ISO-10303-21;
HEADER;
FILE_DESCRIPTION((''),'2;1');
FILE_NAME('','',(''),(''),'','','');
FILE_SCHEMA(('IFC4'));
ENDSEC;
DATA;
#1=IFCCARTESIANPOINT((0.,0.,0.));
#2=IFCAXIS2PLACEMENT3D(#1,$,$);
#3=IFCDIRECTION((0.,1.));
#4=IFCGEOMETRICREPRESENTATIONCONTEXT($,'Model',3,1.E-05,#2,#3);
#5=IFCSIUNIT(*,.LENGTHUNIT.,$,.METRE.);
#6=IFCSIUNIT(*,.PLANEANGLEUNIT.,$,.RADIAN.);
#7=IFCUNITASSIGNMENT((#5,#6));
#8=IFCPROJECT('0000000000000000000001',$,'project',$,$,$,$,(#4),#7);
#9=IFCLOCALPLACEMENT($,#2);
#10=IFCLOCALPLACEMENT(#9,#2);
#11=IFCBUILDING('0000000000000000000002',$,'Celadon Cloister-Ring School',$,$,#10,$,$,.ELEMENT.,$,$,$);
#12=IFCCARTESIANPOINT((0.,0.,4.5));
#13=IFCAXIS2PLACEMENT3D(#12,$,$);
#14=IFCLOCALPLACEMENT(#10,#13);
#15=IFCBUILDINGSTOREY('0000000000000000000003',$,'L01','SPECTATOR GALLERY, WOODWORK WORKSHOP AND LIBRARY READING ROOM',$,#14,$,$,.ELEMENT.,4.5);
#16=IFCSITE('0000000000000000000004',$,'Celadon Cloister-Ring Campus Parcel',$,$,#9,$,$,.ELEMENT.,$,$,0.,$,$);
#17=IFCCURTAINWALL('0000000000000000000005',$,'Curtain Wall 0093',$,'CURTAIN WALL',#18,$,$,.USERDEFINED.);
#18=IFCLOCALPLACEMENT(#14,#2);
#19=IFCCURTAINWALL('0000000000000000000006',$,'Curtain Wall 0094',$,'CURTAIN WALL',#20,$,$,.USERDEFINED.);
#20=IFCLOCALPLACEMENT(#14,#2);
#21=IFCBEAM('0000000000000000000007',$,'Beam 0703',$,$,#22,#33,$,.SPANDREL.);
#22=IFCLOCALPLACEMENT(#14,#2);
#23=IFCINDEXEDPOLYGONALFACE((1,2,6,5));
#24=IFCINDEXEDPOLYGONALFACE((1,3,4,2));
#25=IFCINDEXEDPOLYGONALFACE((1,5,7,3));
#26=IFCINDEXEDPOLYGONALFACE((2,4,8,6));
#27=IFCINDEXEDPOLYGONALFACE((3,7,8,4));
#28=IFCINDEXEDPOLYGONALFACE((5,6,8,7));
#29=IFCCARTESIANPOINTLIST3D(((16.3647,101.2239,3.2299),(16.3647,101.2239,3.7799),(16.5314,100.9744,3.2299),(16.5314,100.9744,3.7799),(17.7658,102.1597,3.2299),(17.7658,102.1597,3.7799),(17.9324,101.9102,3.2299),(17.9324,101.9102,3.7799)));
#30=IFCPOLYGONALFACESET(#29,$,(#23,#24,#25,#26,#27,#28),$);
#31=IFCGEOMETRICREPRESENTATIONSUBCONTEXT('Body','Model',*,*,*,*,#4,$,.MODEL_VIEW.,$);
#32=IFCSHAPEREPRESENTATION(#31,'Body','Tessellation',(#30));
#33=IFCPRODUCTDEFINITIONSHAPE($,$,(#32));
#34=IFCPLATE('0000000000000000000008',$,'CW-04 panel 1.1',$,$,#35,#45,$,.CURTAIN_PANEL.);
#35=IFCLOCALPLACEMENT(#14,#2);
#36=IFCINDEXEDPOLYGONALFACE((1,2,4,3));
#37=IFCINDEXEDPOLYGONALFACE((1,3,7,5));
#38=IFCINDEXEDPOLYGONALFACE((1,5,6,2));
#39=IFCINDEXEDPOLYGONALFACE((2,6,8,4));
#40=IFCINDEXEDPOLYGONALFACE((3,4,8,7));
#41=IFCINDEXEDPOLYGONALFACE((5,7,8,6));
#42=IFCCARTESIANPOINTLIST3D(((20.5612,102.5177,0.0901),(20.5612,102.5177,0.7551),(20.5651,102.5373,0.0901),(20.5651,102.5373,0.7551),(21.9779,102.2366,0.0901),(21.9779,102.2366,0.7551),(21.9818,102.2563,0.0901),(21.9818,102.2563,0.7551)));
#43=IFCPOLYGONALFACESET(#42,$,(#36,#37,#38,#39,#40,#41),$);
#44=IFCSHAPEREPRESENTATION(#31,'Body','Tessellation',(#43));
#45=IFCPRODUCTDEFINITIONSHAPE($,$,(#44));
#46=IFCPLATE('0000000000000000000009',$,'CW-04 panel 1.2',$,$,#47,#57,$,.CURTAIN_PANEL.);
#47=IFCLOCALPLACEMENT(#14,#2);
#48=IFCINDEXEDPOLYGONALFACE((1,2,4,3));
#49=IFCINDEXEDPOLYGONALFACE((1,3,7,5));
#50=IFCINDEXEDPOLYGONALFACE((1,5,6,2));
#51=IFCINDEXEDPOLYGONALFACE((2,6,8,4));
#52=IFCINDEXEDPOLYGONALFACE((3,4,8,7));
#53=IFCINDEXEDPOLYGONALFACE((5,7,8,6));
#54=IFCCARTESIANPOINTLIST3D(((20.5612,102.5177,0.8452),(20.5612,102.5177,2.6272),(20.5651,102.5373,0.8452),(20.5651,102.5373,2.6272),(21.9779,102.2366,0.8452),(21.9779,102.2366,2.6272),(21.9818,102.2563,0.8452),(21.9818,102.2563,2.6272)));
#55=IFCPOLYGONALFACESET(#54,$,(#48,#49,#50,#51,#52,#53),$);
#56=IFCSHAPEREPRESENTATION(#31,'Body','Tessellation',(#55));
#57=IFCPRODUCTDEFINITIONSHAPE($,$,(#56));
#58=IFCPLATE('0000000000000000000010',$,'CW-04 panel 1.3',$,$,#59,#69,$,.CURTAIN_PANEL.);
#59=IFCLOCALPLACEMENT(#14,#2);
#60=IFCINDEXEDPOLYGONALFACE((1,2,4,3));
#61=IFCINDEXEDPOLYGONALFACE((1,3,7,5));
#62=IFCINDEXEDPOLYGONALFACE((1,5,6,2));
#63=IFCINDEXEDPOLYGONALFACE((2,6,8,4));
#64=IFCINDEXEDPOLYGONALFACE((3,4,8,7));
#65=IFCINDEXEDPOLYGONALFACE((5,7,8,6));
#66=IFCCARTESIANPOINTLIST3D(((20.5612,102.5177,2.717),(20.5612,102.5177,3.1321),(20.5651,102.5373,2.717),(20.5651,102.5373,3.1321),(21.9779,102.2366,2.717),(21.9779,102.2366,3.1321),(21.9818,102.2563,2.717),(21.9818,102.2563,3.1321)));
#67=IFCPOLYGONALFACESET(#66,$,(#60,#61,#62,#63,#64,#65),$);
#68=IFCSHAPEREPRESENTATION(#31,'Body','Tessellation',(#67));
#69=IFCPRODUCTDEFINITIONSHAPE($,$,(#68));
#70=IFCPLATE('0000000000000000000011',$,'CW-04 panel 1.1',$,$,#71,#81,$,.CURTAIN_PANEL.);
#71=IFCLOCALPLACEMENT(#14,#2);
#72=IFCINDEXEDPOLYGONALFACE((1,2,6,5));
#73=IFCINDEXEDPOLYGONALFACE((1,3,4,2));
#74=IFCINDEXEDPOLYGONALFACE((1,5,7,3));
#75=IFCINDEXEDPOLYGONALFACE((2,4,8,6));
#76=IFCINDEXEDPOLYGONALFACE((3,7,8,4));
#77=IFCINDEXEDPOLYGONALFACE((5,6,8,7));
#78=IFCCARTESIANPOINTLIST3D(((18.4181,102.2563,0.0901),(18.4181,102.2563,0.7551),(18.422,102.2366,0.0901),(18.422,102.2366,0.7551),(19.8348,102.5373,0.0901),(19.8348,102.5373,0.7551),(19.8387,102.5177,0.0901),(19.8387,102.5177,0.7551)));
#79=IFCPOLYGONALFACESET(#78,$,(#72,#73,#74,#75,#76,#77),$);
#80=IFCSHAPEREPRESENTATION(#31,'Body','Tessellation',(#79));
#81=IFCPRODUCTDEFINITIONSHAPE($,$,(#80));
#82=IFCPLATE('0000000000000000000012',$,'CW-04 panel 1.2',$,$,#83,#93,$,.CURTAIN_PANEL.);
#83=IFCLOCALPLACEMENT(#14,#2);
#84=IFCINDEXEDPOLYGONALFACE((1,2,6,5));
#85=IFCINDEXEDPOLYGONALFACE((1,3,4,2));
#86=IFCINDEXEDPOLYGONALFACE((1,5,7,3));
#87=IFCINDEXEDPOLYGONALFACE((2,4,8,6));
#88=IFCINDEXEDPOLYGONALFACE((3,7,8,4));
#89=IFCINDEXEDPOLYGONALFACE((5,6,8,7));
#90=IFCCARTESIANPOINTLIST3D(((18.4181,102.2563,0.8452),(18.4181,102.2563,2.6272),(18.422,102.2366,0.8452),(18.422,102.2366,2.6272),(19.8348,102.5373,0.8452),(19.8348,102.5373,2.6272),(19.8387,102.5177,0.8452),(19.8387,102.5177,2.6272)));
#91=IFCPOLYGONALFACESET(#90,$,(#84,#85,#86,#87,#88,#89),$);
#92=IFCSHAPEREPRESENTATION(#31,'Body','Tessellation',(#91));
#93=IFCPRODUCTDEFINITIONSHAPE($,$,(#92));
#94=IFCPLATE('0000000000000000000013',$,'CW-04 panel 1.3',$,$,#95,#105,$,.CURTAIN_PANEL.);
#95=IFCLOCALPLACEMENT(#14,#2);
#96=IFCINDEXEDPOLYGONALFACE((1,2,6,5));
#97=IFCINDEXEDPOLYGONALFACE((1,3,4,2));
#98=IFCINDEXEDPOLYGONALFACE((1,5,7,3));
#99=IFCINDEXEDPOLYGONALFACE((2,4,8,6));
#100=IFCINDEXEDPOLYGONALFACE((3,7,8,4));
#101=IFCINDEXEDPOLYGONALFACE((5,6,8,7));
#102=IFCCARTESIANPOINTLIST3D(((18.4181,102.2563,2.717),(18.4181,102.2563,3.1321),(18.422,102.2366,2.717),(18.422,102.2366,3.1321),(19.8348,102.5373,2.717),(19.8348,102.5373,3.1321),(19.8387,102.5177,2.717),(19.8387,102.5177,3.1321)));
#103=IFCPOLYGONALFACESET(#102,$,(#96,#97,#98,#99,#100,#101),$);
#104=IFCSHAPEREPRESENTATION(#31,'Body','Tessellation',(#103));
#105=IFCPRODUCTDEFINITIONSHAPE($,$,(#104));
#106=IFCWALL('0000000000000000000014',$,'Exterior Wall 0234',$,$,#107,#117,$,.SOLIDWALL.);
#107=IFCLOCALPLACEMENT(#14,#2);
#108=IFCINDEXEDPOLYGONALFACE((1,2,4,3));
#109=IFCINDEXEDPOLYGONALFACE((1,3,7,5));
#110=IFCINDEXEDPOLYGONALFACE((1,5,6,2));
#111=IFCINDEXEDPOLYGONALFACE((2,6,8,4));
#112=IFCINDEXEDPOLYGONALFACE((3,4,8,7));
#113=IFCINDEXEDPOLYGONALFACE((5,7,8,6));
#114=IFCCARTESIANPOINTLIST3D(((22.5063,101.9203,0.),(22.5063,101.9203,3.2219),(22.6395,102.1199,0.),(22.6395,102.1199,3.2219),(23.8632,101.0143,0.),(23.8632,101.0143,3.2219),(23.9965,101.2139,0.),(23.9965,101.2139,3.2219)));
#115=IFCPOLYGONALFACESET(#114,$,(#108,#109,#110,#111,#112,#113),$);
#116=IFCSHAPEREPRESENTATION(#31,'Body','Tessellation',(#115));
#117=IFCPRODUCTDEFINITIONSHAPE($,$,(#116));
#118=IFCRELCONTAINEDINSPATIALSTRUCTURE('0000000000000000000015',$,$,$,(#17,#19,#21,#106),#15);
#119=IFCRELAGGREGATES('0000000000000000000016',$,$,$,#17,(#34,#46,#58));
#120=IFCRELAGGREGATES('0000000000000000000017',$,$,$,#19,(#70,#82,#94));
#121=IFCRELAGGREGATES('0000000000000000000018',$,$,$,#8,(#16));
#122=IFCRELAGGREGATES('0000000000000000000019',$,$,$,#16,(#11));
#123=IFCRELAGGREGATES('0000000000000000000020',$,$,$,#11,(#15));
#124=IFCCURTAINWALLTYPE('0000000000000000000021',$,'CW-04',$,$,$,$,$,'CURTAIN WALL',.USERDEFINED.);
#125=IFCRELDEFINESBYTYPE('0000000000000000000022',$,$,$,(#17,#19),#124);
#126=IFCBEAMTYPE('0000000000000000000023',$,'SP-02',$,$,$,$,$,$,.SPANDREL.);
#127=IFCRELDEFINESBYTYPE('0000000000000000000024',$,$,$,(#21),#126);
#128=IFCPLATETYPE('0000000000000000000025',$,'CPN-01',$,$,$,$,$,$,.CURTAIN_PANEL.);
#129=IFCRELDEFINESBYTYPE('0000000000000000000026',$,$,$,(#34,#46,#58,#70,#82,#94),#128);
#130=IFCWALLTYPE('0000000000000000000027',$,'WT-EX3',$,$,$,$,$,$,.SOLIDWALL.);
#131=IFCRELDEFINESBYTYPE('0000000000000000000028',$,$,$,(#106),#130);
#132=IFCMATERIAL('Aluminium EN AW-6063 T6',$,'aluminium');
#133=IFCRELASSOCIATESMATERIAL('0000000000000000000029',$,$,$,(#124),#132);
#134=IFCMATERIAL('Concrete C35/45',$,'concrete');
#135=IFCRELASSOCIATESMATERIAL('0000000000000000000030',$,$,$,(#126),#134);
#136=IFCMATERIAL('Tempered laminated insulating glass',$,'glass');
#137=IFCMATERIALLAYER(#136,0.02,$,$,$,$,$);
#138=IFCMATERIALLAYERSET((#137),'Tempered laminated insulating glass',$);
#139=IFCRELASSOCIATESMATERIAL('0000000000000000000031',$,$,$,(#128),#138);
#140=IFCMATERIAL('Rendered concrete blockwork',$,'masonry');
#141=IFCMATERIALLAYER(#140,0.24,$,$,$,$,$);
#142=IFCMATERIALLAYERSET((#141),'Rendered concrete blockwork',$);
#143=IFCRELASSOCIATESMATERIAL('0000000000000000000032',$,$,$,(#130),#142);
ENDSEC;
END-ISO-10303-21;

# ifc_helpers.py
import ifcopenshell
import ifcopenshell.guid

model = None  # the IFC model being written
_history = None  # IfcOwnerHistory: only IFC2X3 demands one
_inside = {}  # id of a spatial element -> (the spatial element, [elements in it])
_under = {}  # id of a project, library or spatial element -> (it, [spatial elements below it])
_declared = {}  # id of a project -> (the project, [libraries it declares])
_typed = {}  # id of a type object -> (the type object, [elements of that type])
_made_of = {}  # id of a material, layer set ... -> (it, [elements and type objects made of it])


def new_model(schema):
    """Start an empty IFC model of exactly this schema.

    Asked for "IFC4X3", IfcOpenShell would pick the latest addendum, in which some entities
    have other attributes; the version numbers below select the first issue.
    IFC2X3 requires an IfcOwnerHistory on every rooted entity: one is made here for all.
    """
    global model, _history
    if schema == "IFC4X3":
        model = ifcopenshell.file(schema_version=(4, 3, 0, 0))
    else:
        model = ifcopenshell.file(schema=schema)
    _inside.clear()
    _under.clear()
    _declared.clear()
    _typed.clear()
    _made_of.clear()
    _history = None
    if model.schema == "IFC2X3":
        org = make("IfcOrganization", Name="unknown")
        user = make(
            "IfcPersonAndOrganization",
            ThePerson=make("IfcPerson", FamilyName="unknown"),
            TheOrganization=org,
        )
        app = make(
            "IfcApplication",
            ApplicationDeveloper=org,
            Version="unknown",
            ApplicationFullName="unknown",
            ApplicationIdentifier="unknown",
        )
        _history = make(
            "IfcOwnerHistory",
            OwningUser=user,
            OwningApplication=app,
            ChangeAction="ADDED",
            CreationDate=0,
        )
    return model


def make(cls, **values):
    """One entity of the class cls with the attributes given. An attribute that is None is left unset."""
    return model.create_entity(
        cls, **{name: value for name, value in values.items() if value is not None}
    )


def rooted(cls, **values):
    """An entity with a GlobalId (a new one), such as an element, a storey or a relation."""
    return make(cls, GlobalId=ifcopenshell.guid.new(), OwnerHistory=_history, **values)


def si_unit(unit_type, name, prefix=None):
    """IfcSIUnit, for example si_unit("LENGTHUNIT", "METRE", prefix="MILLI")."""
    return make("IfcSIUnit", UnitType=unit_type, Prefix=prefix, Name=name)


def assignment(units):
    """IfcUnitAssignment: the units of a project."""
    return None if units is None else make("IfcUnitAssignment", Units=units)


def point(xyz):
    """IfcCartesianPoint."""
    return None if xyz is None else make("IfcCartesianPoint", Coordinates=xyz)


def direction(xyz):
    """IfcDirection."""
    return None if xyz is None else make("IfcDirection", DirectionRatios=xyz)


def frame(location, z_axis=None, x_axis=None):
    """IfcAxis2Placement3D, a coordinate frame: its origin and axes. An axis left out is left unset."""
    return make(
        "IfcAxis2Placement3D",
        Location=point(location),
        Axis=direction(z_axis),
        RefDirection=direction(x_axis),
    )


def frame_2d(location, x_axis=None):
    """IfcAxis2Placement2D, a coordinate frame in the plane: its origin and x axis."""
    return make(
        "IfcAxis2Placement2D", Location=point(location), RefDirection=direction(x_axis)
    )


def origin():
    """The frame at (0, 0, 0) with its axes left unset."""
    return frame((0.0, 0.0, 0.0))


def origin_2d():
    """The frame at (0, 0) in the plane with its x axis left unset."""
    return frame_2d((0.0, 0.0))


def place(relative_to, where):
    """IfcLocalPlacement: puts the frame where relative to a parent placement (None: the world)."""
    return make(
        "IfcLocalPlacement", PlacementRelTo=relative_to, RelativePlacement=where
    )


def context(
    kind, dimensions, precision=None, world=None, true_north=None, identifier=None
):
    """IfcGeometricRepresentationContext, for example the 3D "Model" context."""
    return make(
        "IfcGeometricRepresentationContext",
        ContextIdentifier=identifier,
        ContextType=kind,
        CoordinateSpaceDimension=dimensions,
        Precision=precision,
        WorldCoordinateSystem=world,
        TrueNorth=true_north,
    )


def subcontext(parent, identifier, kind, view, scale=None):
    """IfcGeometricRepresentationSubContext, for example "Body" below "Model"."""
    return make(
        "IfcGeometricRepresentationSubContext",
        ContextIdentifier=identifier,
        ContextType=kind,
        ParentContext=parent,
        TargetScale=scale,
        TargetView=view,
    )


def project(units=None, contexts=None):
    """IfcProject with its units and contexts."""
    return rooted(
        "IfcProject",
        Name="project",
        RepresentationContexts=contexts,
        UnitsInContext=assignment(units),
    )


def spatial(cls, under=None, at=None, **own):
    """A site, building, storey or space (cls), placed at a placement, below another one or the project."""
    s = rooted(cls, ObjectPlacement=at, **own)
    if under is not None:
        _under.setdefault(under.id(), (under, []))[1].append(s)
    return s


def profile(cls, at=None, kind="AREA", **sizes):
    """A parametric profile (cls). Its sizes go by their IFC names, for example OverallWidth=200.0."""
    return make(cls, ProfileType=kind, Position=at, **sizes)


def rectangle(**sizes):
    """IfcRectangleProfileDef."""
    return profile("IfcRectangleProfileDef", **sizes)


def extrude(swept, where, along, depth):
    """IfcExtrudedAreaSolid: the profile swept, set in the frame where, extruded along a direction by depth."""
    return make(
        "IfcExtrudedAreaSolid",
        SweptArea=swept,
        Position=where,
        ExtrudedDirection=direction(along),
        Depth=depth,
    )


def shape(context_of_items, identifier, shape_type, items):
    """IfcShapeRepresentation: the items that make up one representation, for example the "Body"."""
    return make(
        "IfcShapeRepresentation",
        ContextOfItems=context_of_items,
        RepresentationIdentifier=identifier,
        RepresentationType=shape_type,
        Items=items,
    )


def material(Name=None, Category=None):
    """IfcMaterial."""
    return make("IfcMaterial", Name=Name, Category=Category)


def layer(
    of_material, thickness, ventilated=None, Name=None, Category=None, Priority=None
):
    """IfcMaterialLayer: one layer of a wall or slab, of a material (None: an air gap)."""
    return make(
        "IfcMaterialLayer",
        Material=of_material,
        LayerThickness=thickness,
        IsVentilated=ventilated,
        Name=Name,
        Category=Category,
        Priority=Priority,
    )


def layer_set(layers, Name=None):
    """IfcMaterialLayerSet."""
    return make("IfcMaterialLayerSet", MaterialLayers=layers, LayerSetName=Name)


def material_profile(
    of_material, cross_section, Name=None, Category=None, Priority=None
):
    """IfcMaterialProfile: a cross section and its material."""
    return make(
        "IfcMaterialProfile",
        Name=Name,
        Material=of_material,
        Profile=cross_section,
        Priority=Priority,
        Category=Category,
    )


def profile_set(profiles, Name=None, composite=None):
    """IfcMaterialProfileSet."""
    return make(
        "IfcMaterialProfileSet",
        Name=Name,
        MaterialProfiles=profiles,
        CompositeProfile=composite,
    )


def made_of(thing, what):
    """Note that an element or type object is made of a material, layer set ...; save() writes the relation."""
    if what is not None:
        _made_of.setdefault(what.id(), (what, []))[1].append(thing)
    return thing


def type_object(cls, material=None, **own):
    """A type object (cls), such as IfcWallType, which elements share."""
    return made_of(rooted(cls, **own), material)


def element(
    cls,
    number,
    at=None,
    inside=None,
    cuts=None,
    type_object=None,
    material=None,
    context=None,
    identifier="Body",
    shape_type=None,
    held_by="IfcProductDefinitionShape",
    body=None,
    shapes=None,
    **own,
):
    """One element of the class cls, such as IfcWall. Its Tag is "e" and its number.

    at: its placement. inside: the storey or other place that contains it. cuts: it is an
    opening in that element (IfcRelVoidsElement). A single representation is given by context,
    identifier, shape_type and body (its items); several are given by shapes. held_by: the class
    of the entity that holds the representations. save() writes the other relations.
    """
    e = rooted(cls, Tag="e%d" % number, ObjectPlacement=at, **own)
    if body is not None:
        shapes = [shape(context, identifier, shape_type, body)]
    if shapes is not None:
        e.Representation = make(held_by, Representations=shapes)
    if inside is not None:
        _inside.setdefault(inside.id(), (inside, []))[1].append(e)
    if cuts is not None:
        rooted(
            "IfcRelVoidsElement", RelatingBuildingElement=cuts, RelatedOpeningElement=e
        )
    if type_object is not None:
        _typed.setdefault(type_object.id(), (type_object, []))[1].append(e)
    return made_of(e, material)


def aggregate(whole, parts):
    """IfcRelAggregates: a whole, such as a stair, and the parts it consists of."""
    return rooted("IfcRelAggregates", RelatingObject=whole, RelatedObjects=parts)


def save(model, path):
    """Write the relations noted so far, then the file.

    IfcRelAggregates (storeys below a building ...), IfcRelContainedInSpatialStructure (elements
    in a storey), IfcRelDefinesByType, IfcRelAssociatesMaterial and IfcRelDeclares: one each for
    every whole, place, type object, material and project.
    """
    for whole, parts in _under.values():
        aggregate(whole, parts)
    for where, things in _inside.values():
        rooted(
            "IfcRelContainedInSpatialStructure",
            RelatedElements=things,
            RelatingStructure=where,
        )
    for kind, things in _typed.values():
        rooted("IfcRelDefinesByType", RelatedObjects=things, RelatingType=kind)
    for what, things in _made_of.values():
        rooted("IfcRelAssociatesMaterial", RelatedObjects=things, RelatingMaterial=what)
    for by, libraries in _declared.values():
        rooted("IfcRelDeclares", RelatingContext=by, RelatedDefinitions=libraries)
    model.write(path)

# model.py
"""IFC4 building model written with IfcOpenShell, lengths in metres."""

from ifc_helpers import new_model, si_unit, direction, frame, frame_2d, origin, origin_2d, place, context, subcontext, project, spatial, rectangle, extrude, material, layer, layer_set, material_profile, profile_set, type_object, element, aggregate, save


model = new_model("IFC4")

# Units and contexts
model_context = context("Model", 3, precision=1e-05, world=origin(), true_north=direction((0.0, 1.0)))
body_context = subcontext(model_context, "Body", "Model", "MODEL_VIEW")
ifc_project = project(units=[si_unit("LENGTHUNIT", "METRE"), si_unit("PLANEANGLEUNIT", "RADIAN")], contexts=[model_context])

# Site, building, storey
site_placement = place(None, origin())
site = spatial("IfcSite", under=ifc_project, at=site_placement, Name="Celadon Cloister-Ring Campus Parcel", CompositionType="ELEMENT", RefElevation=0.0)
building_placement = place(site_placement, origin())
building = spatial("IfcBuilding", under=site, at=building_placement, Name="Celadon Cloister-Ring School", CompositionType="ELEMENT")
storey_placement = place(building_placement, frame((0.0, 0.0, 4.5)))
storey = spatial("IfcBuildingStorey", under=building, at=storey_placement, Name="L01", Description="SPECTATOR GALLERY, WOODWORK WORKSHOP AND LIBRARY READING ROOM", CompositionType="ELEMENT", Elevation=4.5)

# Curtain walls
ifc_material_1 = material(Name="Aluminium EN AW-6063 T6", Category="aluminium")
curtain_wall_type = type_object("IfcCurtainWallType", Name="CW-04", ElementType="CURTAIN WALL", PredefinedType="USERDEFINED", material=ifc_material_1)
curtain_wall_1_placement = place(storey_placement, origin())
curtain_wall_1 = element("IfcCurtainWall", 1, at=curtain_wall_1_placement, inside=storey, type_object=curtain_wall_type, Name="Curtain Wall 0093", ObjectType="CURTAIN WALL", PredefinedType="USERDEFINED")
curtain_wall_2_placement = place(storey_placement, origin())
curtain_wall_2 = element("IfcCurtainWall", 2, at=curtain_wall_2_placement, inside=storey, type_object=curtain_wall_type, Name="Curtain Wall 0094", ObjectType="CURTAIN WALL", PredefinedType="USERDEFINED")

# Beam
ifc_material_2 = material(Name="Concrete C35/45", Category="concrete")
ifc_material_profile_1 = material_profile(ifc_material_2, rectangle(XDim=0.3, YDim=0.55, at=origin_2d()), Name="RC300X550")
ifc_profile_set_1 = profile_set([ifc_material_profile_1], Name="Concrete C35/45")
beam_type = type_object("IfcBeamType", Name="SP-02", PredefinedType="SPANDREL", material=ifc_profile_set_1)
beam_1_placement = place(storey_placement, frame((17.8491, 102.0349, 3.5049), z_axis=(-0.831582, -0.555402, 0.0), x_axis=(0.555402, -0.831582, 0.0)))
element("IfcBeam", 3, at=beam_1_placement, inside=storey, type_object=beam_type, Name="Beam 0703", PredefinedType="SPANDREL", context=body_context, shape_type="SweptSolid", body=[
    extrude(rectangle(XDim=0.3, YDim=0.55, at=origin_2d()), origin(), (0.0, 0.0, 1.0), 1.6848),
])

# Plates
ifc_material_3 = material(Name="Tempered laminated insulating glass", Category="glass")
ifc_layer_1 = layer(ifc_material_3, 0.02)
ifc_layer_set_1 = layer_set([ifc_layer_1], Name="Tempered laminated insulating glass")
plate_type = type_object("IfcPlateType", Name="CPN-01", PredefinedType="CURTAIN_PANEL", material=ifc_layer_set_1)
plate_1_placement = place(storey_placement, frame((21.2715, 102.387, 0.0901), z_axis=(0.0, 0.0, 1.0), x_axis=(-0.980885, 0.194586, 0.0)))
plate_1 = element("IfcPlate", 4, at=plate_1_placement, type_object=plate_type, Name="CW-04 panel 1.1", PredefinedType="CURTAIN_PANEL", context=body_context, shape_type="SweptSolid", body=[
    extrude(rectangle(XDim=1.4443, YDim=0.02, at=origin_2d()), origin(), (0.0, 0.0, 1.0), 0.665),
])
plate_2_placement = place(storey_placement, frame((21.2715, 102.387, 0.8452), z_axis=(0.0, 0.0, 1.0), x_axis=(-0.980885, 0.194586, 0.0)))
plate_2 = element("IfcPlate", 5, at=plate_2_placement, type_object=plate_type, Name="CW-04 panel 1.2", PredefinedType="CURTAIN_PANEL", context=body_context, shape_type="SweptSolid", body=[
    extrude(rectangle(XDim=1.4443, YDim=0.02, at=origin_2d()), origin(), (0.0, 0.0, 1.0), 1.782),
])
plate_3_placement = place(storey_placement, frame((21.2715, 102.387, 2.717), z_axis=(0.0, 0.0, 1.0), x_axis=(-0.980885, 0.194586, 0.0)))
plate_3 = element("IfcPlate", 6, at=plate_3_placement, type_object=plate_type, Name="CW-04 panel 1.3", PredefinedType="CURTAIN_PANEL", context=body_context, shape_type="SweptSolid", body=[
    extrude(rectangle(XDim=1.4443, YDim=0.02, at=origin_2d()), origin(), (0.0, 0.0, 1.0), 0.415),
])
aggregate(curtain_wall_1, [plate_1, plate_2, plate_3])
plate_4_placement = place(storey_placement, frame((19.1284, 102.387, 0.0901), z_axis=(0.0, 0.0, 1.0), x_axis=(-0.980885, -0.194586, 0.0)))
plate_4 = element("IfcPlate", 7, at=plate_4_placement, type_object=plate_type, Name="CW-04 panel 1.1", PredefinedType="CURTAIN_PANEL", context=body_context, shape_type="SweptSolid", body=[
    extrude(rectangle(XDim=1.4443, YDim=0.02, at=origin_2d()), origin(), (0.0, 0.0, 1.0), 0.665),
])
plate_5_placement = place(storey_placement, frame((19.1284, 102.387, 0.8452), z_axis=(0.0, 0.0, 1.0), x_axis=(-0.980885, -0.194586, 0.0)))
plate_5 = element("IfcPlate", 8, at=plate_5_placement, type_object=plate_type, Name="CW-04 panel 1.2", PredefinedType="CURTAIN_PANEL", context=body_context, shape_type="SweptSolid", body=[
    extrude(rectangle(XDim=1.4443, YDim=0.02, at=origin_2d()), origin(), (0.0, 0.0, 1.0), 1.782),
])
plate_6_placement = place(storey_placement, frame((19.1284, 102.387, 2.717), z_axis=(0.0, 0.0, 1.0), x_axis=(-0.980885, -0.194586, 0.0)))
plate_6 = element("IfcPlate", 9, at=plate_6_placement, type_object=plate_type, Name="CW-04 panel 1.3", PredefinedType="CURTAIN_PANEL", context=body_context, shape_type="SweptSolid", body=[
    extrude(rectangle(XDim=1.4443, YDim=0.02, at=origin_2d()), origin(), (0.0, 0.0, 1.0), 0.415),
])
aggregate(curtain_wall_2, [plate_4, plate_5, plate_6])

# Wall
ifc_material_4 = material(Name="Rendered concrete blockwork", Category="masonry")
ifc_layer_2 = layer(ifc_material_4, 0.24)
ifc_layer_set_2 = layer_set([ifc_layer_2], Name="Rendered concrete blockwork")
wall_type = type_object("IfcWallType", Name="WT-EX3", PredefinedType="SOLIDWALL", material=ifc_layer_set_2)
wall_placement = place(storey_placement, frame((23.9299, 101.114, 0.0), z_axis=(0.0, 0.0, 1.0), x_axis=(-0.831659, 0.555287, 0.0)))
element("IfcWall", 10, at=wall_placement, inside=storey, type_object=wall_type, Name="Exterior Wall 0234", PredefinedType="SOLIDWALL", context=body_context, shape_type="SweptSolid", body=[
    extrude(rectangle(XDim=1.6316, YDim=0.24, at=frame_2d((0.8159, 0.0))), origin(), (0.0, 0.0, 1.0), 3.2219),
])

save(model, "model.ifc")
